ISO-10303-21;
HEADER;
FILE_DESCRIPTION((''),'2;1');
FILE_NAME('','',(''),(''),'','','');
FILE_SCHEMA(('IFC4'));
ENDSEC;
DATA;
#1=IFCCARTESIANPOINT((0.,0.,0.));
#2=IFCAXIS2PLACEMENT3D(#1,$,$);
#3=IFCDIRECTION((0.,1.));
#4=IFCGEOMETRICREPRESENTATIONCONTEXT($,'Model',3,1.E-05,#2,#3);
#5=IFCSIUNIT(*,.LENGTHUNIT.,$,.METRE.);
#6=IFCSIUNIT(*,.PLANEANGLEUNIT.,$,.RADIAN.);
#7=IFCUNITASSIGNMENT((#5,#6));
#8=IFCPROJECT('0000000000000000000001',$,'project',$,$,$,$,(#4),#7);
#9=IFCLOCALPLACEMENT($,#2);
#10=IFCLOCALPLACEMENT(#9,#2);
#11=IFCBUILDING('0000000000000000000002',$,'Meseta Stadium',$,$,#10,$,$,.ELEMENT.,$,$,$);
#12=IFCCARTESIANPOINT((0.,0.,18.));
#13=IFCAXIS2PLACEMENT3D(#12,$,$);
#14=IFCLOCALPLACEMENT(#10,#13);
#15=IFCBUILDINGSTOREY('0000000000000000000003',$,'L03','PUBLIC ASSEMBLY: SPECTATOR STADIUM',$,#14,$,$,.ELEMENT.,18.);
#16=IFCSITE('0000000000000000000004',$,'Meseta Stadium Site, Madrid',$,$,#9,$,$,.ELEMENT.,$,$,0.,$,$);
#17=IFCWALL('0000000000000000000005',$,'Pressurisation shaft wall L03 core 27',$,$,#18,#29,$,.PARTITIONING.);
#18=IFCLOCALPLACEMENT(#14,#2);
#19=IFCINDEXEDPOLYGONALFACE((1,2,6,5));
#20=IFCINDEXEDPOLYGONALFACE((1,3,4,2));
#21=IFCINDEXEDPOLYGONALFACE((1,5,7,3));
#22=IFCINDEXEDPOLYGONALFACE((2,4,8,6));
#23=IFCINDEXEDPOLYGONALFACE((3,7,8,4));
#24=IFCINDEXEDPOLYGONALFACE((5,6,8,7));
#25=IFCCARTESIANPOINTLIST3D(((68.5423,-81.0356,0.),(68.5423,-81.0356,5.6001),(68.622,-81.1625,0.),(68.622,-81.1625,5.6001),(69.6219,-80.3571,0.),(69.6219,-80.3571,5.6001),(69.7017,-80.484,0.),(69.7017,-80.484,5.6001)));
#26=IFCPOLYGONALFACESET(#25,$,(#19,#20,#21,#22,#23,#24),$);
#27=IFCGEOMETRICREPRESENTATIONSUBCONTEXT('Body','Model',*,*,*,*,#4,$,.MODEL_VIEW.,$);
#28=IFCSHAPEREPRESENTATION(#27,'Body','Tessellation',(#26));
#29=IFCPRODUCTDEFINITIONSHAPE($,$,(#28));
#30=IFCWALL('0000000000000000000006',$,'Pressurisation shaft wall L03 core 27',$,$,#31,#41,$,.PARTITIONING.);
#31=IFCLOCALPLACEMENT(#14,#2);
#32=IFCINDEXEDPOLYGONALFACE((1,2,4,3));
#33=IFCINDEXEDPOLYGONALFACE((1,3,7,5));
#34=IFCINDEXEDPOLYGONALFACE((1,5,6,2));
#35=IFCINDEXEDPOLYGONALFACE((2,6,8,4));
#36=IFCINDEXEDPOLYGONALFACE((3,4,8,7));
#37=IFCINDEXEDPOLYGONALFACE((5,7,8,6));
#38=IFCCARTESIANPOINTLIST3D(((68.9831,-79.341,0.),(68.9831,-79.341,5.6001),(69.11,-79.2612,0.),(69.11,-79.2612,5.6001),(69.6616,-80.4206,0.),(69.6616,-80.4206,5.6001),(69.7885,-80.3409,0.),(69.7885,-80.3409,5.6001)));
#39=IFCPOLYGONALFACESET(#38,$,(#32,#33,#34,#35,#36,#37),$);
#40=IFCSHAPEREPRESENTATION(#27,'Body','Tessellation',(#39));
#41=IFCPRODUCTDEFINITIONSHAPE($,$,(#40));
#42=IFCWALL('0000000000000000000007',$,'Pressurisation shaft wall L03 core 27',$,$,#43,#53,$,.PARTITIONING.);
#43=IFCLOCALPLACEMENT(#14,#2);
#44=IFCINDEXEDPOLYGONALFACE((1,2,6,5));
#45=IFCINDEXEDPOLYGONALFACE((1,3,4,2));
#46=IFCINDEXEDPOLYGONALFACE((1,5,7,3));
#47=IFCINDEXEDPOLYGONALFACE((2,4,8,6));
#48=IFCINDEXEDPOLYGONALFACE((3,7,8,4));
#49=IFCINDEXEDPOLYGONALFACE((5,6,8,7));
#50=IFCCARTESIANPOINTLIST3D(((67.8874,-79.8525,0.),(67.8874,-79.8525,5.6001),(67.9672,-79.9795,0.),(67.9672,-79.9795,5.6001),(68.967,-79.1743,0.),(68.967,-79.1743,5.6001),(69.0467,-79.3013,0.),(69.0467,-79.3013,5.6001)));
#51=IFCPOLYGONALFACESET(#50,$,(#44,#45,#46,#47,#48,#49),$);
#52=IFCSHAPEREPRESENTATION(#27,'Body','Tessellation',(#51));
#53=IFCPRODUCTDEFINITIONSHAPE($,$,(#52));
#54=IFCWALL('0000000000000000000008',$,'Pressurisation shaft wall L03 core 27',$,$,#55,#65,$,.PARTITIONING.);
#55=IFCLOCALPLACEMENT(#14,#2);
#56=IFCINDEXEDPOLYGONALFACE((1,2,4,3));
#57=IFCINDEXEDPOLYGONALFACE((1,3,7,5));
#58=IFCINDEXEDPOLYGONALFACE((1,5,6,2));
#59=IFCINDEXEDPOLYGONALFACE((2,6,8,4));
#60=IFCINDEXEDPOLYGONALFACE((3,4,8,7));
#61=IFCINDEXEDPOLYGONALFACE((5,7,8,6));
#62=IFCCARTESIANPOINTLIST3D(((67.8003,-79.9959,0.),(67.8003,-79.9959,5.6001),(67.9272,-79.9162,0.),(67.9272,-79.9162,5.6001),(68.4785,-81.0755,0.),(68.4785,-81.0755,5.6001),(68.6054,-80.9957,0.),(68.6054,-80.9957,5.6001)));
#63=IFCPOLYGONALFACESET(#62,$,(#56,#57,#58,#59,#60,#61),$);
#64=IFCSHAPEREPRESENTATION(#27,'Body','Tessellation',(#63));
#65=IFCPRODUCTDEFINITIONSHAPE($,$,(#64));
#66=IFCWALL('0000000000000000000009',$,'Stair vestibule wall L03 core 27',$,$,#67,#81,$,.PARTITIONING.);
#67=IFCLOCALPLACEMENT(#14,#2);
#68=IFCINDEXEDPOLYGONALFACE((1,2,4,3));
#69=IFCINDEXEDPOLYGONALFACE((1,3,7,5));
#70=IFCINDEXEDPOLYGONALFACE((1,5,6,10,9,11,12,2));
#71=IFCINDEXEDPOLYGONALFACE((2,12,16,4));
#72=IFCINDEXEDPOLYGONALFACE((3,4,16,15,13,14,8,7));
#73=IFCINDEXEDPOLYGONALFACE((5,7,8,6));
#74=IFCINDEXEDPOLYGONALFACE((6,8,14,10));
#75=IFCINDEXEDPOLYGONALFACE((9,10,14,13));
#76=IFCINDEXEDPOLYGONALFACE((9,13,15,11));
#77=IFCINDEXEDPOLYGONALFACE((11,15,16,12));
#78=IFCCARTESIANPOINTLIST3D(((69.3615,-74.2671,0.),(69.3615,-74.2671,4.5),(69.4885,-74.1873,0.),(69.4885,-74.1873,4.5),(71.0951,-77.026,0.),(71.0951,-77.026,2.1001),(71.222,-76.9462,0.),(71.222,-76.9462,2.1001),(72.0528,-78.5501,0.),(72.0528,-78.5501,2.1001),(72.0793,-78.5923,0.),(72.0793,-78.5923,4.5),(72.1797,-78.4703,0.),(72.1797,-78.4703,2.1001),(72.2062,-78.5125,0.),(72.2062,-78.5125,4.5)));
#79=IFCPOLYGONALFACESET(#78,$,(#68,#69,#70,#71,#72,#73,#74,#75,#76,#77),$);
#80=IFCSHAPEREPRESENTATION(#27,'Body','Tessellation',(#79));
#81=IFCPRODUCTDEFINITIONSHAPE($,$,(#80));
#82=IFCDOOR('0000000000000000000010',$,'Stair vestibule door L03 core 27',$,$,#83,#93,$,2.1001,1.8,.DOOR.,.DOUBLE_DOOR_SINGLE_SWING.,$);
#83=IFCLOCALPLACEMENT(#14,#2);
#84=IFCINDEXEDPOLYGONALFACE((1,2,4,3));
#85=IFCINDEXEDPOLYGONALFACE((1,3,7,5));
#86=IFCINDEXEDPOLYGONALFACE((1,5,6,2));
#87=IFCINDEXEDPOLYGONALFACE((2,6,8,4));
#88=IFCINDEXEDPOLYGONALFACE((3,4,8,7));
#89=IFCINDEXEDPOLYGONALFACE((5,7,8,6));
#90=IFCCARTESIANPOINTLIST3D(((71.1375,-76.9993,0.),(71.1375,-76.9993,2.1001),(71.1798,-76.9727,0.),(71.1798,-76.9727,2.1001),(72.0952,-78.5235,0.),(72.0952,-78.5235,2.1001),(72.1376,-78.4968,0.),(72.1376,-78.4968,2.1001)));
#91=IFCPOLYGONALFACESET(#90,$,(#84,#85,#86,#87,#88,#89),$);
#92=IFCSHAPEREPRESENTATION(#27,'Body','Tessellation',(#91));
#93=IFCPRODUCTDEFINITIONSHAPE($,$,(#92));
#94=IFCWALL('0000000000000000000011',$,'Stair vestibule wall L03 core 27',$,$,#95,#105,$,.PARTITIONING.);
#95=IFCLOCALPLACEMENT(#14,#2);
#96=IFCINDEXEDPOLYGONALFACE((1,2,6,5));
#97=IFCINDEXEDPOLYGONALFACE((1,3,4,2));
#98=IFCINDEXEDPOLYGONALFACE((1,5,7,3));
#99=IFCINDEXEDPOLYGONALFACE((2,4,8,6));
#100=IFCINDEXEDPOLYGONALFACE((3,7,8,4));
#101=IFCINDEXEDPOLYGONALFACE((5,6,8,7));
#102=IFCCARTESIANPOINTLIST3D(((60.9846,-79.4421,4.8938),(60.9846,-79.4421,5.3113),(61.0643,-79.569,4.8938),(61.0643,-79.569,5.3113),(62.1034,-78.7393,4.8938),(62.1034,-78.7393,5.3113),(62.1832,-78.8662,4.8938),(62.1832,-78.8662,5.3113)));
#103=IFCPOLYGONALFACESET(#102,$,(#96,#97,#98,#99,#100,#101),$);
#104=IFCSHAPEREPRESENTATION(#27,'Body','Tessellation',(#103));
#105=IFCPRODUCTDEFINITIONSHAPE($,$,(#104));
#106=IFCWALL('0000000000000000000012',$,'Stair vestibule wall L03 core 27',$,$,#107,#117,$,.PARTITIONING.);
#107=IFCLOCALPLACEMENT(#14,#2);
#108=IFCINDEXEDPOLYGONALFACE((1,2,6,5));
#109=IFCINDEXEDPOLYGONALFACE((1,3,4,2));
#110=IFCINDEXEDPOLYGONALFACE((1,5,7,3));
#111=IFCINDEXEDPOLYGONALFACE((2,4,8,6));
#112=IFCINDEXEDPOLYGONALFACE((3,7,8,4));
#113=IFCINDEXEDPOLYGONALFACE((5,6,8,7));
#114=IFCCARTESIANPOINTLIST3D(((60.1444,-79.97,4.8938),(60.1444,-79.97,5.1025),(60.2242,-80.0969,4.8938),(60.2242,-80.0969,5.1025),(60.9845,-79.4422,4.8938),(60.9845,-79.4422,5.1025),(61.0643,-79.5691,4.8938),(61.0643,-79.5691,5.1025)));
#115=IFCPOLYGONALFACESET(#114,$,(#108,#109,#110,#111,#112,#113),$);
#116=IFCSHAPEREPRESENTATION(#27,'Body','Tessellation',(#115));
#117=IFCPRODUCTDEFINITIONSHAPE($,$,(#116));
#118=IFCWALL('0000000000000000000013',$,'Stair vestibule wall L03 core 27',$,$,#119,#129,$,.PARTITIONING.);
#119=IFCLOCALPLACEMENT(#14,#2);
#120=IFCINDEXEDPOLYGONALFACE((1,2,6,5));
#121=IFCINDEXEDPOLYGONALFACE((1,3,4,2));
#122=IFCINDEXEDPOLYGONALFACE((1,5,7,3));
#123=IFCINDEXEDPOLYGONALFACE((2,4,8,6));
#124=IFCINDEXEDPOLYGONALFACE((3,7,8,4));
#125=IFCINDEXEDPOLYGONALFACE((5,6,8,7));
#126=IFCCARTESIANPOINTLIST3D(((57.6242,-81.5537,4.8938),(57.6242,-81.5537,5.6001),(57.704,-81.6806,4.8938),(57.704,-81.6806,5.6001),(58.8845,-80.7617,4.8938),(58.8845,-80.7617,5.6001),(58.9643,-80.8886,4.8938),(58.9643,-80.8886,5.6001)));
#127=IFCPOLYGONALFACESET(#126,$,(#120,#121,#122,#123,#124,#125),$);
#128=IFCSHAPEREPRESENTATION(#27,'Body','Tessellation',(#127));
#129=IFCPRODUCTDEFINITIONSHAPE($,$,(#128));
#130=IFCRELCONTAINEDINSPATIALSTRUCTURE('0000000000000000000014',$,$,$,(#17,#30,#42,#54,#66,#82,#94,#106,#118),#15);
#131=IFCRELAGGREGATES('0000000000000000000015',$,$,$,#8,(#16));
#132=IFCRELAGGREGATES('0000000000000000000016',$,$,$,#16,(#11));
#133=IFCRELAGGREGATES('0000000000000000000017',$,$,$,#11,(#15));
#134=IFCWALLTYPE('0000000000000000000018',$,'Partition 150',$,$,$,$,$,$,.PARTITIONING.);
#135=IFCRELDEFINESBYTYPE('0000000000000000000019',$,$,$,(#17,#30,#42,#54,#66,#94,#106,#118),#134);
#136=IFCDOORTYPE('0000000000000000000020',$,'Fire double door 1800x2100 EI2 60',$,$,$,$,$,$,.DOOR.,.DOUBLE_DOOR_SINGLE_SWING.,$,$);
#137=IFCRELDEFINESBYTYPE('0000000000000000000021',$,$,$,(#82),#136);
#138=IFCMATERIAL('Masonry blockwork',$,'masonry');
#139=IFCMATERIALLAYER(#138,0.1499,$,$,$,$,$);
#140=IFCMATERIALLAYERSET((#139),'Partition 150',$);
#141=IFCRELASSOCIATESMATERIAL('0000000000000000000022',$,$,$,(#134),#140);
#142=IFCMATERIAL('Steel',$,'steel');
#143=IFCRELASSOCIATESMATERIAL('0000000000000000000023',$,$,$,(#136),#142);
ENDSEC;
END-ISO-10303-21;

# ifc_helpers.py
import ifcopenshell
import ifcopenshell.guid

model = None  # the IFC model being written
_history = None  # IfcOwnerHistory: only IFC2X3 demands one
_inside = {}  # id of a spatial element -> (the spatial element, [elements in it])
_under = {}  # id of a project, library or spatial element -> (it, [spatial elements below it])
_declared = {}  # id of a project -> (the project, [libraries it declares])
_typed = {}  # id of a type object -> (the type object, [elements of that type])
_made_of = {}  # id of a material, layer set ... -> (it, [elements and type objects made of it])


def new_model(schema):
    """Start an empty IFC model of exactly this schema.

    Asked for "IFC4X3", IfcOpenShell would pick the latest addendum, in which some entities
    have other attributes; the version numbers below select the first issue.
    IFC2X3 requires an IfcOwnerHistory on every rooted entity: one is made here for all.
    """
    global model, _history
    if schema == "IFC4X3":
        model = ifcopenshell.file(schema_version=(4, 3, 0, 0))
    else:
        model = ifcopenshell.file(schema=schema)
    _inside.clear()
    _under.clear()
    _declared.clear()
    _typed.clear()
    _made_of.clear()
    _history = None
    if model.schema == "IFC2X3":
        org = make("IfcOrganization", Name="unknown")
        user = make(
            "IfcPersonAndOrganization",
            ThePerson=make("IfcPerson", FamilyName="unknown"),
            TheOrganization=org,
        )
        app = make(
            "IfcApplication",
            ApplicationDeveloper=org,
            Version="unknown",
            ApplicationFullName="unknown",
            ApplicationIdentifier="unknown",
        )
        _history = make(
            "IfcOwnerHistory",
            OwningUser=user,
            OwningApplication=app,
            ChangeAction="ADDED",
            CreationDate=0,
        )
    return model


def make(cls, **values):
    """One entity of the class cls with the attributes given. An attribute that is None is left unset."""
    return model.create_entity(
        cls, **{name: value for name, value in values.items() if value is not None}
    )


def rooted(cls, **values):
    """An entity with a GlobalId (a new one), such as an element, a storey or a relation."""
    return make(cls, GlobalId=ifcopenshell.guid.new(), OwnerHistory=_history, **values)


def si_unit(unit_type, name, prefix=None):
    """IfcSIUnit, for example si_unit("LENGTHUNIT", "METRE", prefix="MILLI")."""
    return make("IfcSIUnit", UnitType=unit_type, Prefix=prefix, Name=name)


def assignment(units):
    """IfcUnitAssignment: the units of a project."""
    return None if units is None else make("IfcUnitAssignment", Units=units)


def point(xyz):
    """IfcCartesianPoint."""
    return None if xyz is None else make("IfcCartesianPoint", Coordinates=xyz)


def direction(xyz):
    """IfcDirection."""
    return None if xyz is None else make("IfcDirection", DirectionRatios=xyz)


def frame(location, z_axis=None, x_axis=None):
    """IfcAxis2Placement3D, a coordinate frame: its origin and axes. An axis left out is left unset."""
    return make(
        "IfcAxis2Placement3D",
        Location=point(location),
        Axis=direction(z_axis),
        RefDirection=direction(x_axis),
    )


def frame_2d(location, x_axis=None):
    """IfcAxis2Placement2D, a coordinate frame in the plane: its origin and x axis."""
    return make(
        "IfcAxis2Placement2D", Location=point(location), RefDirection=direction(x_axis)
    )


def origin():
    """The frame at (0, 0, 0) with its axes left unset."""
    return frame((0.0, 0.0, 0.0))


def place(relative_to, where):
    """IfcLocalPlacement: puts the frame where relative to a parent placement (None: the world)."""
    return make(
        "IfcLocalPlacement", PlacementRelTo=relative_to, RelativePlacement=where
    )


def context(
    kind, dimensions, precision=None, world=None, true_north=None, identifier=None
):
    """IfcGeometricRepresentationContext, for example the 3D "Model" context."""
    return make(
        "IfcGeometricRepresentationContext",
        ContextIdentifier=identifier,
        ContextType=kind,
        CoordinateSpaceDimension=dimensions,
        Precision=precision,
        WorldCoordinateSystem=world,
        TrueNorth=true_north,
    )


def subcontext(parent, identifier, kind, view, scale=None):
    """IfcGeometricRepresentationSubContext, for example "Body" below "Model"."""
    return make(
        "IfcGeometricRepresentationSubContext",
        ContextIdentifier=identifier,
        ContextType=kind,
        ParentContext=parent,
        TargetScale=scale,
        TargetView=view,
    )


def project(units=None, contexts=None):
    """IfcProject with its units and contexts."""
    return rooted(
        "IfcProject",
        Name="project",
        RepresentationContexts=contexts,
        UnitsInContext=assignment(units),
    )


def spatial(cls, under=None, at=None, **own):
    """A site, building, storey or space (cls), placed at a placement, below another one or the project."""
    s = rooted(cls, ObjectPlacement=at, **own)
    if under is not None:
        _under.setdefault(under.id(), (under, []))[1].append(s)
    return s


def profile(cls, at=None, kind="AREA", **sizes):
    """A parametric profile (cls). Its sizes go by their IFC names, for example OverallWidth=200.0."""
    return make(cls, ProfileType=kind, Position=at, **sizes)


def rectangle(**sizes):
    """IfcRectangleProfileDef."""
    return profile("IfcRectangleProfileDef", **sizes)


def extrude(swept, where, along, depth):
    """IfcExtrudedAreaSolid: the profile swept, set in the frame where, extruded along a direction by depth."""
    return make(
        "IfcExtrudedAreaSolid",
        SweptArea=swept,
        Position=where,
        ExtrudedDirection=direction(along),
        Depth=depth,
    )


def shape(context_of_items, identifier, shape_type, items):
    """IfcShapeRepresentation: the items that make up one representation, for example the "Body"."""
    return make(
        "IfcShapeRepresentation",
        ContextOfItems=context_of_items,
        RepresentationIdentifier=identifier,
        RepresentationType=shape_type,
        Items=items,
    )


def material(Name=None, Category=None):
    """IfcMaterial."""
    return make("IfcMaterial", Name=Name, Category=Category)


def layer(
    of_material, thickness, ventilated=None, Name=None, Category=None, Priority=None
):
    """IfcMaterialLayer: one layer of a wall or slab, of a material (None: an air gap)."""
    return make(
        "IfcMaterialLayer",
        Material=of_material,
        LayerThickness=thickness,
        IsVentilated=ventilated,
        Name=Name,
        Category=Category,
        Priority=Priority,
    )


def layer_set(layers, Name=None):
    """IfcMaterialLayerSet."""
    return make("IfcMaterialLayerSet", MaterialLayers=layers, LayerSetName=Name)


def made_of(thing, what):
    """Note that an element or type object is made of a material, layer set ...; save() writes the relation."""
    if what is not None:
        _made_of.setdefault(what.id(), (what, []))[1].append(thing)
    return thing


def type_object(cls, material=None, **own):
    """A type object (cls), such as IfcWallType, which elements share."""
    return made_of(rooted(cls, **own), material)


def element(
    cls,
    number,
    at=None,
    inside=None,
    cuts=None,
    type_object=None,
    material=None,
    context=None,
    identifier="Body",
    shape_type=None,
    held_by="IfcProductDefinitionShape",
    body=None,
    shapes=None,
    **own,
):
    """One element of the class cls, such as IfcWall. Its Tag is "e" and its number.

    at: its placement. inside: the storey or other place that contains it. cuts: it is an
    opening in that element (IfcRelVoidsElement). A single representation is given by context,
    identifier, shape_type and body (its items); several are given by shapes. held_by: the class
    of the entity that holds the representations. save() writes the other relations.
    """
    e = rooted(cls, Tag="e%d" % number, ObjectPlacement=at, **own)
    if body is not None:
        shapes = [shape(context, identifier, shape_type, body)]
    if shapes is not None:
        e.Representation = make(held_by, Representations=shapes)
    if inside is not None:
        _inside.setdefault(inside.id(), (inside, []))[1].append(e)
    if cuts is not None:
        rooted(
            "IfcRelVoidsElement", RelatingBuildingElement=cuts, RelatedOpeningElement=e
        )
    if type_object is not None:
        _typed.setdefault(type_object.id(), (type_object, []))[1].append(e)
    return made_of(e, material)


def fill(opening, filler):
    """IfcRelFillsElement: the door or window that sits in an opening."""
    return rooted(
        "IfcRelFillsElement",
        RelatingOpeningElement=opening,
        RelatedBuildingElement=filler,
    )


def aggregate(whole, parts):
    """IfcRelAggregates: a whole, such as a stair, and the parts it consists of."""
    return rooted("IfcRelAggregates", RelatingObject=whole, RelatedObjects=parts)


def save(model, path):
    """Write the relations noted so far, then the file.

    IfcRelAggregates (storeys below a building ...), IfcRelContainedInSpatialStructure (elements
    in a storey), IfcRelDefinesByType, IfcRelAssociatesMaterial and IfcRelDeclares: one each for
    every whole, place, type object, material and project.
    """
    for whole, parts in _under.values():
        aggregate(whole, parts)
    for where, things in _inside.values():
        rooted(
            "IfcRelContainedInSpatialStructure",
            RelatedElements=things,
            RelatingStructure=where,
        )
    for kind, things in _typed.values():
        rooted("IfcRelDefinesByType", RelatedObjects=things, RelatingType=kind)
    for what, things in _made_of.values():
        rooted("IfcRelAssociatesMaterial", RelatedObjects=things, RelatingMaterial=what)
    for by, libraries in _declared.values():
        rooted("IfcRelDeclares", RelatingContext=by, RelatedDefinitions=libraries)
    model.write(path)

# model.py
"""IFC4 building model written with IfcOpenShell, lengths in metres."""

from ifc_helpers import new_model, si_unit, direction, frame, frame_2d, origin, place, context, subcontext, project, spatial, rectangle, extrude, material, layer, layer_set, type_object, element, fill, save


model = new_model("IFC4")

# Units and contexts
model_context = context("Model", 3, precision=1e-05, world=origin(), true_north=direction((0.0, 1.0)))
body_context = subcontext(model_context, "Body", "Model", "MODEL_VIEW")
ifc_project = project(units=[si_unit("LENGTHUNIT", "METRE"), si_unit("PLANEANGLEUNIT", "RADIAN")], contexts=[model_context])

# Site, building, storey
site_placement = place(None, origin())
site = spatial("IfcSite", under=ifc_project, at=site_placement, Name="Meseta Stadium Site, Madrid", CompositionType="ELEMENT", RefElevation=0.0)
building_placement = place(site_placement, origin())
building = spatial("IfcBuilding", under=site, at=building_placement, Name="Meseta Stadium", CompositionType="ELEMENT")
storey_placement = place(building_placement, frame((0.0, 0.0, 18.0)))
storey = spatial("IfcBuildingStorey", under=building, at=storey_placement, Name="L03", Description="PUBLIC ASSEMBLY: SPECTATOR STADIUM", CompositionType="ELEMENT", Elevation=18.0)

# Walls
ifc_material_1 = material(Name="Masonry blockwork", Category="masonry")
ifc_layer_1 = layer(ifc_material_1, 0.1499)
ifc_layer_set_1 = layer_set([ifc_layer_1], Name="Partition 150")
wall_type_1 = type_object("IfcWallType", Name="Partition 150", PredefinedType="PARTITIONING", material=ifc_layer_set_1)
for number, where, z_axis, x_axis, name in (
    (1, (68.582, -81.0991, 0.0), (0.0, 0.0, 1.0), (0.846683, 0.532097, 0.0), "Pressurisation shaft wall L03 core 27"),
    (2, (69.7251, -80.3809, 0.0), (0.0, 0.0, 1.0), (-0.532097, 0.846683, 0.0), "Pressurisation shaft wall L03 core 27"),
):
    element("IfcWall", number, at=place(storey_placement, frame(where, z_axis=z_axis, x_axis=x_axis)), inside=storey, type_object=wall_type_1, Name=name, PredefinedType="PARTITIONING", context=body_context, shape_type="SweptSolid", body=[
        extrude(rectangle(XDim=1.2751, YDim=0.1499, at=frame_2d((0.6377, 0.0))), origin(), (0.0, 0.0, 1.0), 5.6001),
    ])
for number, where, z_axis, x_axis, name in (
    (3, (69.0068, -79.2378, 0.0), (0.0, 0.0, 1.0), (-0.84677, -0.53196, 0.0), "Pressurisation shaft wall L03 core 27"),
    (4, (67.8638, -79.9561, 0.0), (0.0, 0.0, 1.0), (0.53196, -0.84677, 0.0), "Pressurisation shaft wall L03 core 27"),
):
    element("IfcWall", number, at=place(storey_placement, frame(where, z_axis=z_axis, x_axis=x_axis)), inside=storey, type_object=wall_type_1, Name=name, PredefinedType="PARTITIONING", context=body_context, shape_type="SweptSolid", body=[
        extrude(rectangle(XDim=1.2749, YDim=0.1499, at=frame_2d((0.6375, 0.0))), origin(), (0.0, 0.0, 1.0), 5.6001),
    ])

# Wall, opening, door
wall_1_placement = place(storey_placement, frame((72.1428, -78.5525, 0.0), z_axis=(0.0, 0.0, 1.0), x_axis=(-0.532042, 0.846718, 0.0)))
wall_1 = element("IfcWall", 5, at=wall_1_placement, inside=storey, type_object=wall_type_1, Name="Stair vestibule wall L03 core 27", PredefinedType="PARTITIONING", context=body_context, shape_type="SweptSolid", body=[
    extrude(rectangle(XDim=5.1082, YDim=0.1499, at=frame_2d((2.5542, 0.0))), origin(), (0.0, 0.0, 1.0), 4.5),
])
opening_1_placement = place(wall_1_placement, frame((0.05, 0.0, 0.0)))
opening_1 = element("IfcOpeningElement", 6, at=opening_1_placement, cuts=wall_1, PredefinedType="OPENING", context=body_context, shape_type="SweptSolid", body=[
    extrude(rectangle(XDim=1.8, YDim=2.1001, at=frame_2d((0.8999, 1.05))), frame((0.0, 0.085, 0.0), z_axis=(0.0, -1.0, 0.0), x_axis=(1.0, 0.0, 0.0)), (0.0, 0.0, 1.0), 0.1699),
])
ifc_material_2 = material(Name="Steel", Category="steel")
door_type_1 = type_object("IfcDoorType", Name="Fire double door 1800x2100 EI2 60", OperationType="DOUBLE_DOOR_SINGLE_SWING", PredefinedType="DOOR", material=ifc_material_2)
door_1_placement = place(opening_1_placement, origin())
door_1 = element("IfcDoor", 7, at=door_1_placement, inside=storey, type_object=door_type_1, Name="Stair vestibule door L03 core 27", OperationType="DOUBLE_DOOR_SINGLE_SWING", OverallHeight=2.1001, OverallWidth=1.8, PredefinedType="DOOR", context=body_context, shape_type="SweptSolid", body=[
    extrude(rectangle(XDim=1.8, YDim=2.1001, at=frame_2d((0.8999, 1.05))), frame((0.0, 0.0249, 0.0), z_axis=(0.0, -1.0, 0.0), x_axis=(1.0, 0.0, 0.0)), (0.0, 0.0, 1.0), 0.05),
])
fill(opening_1, door_1)

# Walls
wall_2_placement = place(storey_placement, frame((62.1433, -78.8027, 4.8938), z_axis=(0.0, 0.0, 1.0), x_axis=(-0.846782, -0.531941, 0.0)))
element("IfcWall", 8, at=wall_2_placement, inside=storey, type_object=wall_type_1, Name="Stair vestibule wall L03 core 27", PredefinedType="PARTITIONING", context=body_context, shape_type="SweptSolid", body=[
    extrude(rectangle(XDim=1.3213, YDim=0.1499, at=frame_2d((0.6606, 0.0))), origin(), (0.0, 0.0, 1.0), 0.4175),
])
wall_3_placement = place(storey_placement, frame((61.0244, -79.5056, 4.8938), z_axis=(0.0, 0.0, 1.0), x_axis=(-0.846738, -0.53201, 0.0)))
element("IfcWall", 9, at=wall_3_placement, inside=storey, type_object=wall_type_1, Name="Stair vestibule wall L03 core 27", PredefinedType="PARTITIONING", context=body_context, shape_type="SweptSolid", body=[
    extrude(rectangle(XDim=0.9922, YDim=0.1499, at=frame_2d((0.4961, 0.0))), origin(), (0.0, 0.0, 1.0), 0.2087),
])
wall_4_placement = place(storey_placement, frame((58.9243, -80.8252, 4.8938), z_axis=(0.0, 0.0, 1.0), x_axis=(-0.846687, -0.532091, 0.0)))
element("IfcWall", 10, at=wall_4_placement, inside=storey, type_object=wall_type_1, Name="Stair vestibule wall L03 core 27", PredefinedType="PARTITIONING", context=body_context, shape_type="SweptSolid", body=[
    extrude(rectangle(XDim=1.4885, YDim=0.1499, at=frame_2d((0.7441, 0.0))), origin(), (0.0, 0.0, 1.0), 0.7063),
])

save(model, "model.ifc")
